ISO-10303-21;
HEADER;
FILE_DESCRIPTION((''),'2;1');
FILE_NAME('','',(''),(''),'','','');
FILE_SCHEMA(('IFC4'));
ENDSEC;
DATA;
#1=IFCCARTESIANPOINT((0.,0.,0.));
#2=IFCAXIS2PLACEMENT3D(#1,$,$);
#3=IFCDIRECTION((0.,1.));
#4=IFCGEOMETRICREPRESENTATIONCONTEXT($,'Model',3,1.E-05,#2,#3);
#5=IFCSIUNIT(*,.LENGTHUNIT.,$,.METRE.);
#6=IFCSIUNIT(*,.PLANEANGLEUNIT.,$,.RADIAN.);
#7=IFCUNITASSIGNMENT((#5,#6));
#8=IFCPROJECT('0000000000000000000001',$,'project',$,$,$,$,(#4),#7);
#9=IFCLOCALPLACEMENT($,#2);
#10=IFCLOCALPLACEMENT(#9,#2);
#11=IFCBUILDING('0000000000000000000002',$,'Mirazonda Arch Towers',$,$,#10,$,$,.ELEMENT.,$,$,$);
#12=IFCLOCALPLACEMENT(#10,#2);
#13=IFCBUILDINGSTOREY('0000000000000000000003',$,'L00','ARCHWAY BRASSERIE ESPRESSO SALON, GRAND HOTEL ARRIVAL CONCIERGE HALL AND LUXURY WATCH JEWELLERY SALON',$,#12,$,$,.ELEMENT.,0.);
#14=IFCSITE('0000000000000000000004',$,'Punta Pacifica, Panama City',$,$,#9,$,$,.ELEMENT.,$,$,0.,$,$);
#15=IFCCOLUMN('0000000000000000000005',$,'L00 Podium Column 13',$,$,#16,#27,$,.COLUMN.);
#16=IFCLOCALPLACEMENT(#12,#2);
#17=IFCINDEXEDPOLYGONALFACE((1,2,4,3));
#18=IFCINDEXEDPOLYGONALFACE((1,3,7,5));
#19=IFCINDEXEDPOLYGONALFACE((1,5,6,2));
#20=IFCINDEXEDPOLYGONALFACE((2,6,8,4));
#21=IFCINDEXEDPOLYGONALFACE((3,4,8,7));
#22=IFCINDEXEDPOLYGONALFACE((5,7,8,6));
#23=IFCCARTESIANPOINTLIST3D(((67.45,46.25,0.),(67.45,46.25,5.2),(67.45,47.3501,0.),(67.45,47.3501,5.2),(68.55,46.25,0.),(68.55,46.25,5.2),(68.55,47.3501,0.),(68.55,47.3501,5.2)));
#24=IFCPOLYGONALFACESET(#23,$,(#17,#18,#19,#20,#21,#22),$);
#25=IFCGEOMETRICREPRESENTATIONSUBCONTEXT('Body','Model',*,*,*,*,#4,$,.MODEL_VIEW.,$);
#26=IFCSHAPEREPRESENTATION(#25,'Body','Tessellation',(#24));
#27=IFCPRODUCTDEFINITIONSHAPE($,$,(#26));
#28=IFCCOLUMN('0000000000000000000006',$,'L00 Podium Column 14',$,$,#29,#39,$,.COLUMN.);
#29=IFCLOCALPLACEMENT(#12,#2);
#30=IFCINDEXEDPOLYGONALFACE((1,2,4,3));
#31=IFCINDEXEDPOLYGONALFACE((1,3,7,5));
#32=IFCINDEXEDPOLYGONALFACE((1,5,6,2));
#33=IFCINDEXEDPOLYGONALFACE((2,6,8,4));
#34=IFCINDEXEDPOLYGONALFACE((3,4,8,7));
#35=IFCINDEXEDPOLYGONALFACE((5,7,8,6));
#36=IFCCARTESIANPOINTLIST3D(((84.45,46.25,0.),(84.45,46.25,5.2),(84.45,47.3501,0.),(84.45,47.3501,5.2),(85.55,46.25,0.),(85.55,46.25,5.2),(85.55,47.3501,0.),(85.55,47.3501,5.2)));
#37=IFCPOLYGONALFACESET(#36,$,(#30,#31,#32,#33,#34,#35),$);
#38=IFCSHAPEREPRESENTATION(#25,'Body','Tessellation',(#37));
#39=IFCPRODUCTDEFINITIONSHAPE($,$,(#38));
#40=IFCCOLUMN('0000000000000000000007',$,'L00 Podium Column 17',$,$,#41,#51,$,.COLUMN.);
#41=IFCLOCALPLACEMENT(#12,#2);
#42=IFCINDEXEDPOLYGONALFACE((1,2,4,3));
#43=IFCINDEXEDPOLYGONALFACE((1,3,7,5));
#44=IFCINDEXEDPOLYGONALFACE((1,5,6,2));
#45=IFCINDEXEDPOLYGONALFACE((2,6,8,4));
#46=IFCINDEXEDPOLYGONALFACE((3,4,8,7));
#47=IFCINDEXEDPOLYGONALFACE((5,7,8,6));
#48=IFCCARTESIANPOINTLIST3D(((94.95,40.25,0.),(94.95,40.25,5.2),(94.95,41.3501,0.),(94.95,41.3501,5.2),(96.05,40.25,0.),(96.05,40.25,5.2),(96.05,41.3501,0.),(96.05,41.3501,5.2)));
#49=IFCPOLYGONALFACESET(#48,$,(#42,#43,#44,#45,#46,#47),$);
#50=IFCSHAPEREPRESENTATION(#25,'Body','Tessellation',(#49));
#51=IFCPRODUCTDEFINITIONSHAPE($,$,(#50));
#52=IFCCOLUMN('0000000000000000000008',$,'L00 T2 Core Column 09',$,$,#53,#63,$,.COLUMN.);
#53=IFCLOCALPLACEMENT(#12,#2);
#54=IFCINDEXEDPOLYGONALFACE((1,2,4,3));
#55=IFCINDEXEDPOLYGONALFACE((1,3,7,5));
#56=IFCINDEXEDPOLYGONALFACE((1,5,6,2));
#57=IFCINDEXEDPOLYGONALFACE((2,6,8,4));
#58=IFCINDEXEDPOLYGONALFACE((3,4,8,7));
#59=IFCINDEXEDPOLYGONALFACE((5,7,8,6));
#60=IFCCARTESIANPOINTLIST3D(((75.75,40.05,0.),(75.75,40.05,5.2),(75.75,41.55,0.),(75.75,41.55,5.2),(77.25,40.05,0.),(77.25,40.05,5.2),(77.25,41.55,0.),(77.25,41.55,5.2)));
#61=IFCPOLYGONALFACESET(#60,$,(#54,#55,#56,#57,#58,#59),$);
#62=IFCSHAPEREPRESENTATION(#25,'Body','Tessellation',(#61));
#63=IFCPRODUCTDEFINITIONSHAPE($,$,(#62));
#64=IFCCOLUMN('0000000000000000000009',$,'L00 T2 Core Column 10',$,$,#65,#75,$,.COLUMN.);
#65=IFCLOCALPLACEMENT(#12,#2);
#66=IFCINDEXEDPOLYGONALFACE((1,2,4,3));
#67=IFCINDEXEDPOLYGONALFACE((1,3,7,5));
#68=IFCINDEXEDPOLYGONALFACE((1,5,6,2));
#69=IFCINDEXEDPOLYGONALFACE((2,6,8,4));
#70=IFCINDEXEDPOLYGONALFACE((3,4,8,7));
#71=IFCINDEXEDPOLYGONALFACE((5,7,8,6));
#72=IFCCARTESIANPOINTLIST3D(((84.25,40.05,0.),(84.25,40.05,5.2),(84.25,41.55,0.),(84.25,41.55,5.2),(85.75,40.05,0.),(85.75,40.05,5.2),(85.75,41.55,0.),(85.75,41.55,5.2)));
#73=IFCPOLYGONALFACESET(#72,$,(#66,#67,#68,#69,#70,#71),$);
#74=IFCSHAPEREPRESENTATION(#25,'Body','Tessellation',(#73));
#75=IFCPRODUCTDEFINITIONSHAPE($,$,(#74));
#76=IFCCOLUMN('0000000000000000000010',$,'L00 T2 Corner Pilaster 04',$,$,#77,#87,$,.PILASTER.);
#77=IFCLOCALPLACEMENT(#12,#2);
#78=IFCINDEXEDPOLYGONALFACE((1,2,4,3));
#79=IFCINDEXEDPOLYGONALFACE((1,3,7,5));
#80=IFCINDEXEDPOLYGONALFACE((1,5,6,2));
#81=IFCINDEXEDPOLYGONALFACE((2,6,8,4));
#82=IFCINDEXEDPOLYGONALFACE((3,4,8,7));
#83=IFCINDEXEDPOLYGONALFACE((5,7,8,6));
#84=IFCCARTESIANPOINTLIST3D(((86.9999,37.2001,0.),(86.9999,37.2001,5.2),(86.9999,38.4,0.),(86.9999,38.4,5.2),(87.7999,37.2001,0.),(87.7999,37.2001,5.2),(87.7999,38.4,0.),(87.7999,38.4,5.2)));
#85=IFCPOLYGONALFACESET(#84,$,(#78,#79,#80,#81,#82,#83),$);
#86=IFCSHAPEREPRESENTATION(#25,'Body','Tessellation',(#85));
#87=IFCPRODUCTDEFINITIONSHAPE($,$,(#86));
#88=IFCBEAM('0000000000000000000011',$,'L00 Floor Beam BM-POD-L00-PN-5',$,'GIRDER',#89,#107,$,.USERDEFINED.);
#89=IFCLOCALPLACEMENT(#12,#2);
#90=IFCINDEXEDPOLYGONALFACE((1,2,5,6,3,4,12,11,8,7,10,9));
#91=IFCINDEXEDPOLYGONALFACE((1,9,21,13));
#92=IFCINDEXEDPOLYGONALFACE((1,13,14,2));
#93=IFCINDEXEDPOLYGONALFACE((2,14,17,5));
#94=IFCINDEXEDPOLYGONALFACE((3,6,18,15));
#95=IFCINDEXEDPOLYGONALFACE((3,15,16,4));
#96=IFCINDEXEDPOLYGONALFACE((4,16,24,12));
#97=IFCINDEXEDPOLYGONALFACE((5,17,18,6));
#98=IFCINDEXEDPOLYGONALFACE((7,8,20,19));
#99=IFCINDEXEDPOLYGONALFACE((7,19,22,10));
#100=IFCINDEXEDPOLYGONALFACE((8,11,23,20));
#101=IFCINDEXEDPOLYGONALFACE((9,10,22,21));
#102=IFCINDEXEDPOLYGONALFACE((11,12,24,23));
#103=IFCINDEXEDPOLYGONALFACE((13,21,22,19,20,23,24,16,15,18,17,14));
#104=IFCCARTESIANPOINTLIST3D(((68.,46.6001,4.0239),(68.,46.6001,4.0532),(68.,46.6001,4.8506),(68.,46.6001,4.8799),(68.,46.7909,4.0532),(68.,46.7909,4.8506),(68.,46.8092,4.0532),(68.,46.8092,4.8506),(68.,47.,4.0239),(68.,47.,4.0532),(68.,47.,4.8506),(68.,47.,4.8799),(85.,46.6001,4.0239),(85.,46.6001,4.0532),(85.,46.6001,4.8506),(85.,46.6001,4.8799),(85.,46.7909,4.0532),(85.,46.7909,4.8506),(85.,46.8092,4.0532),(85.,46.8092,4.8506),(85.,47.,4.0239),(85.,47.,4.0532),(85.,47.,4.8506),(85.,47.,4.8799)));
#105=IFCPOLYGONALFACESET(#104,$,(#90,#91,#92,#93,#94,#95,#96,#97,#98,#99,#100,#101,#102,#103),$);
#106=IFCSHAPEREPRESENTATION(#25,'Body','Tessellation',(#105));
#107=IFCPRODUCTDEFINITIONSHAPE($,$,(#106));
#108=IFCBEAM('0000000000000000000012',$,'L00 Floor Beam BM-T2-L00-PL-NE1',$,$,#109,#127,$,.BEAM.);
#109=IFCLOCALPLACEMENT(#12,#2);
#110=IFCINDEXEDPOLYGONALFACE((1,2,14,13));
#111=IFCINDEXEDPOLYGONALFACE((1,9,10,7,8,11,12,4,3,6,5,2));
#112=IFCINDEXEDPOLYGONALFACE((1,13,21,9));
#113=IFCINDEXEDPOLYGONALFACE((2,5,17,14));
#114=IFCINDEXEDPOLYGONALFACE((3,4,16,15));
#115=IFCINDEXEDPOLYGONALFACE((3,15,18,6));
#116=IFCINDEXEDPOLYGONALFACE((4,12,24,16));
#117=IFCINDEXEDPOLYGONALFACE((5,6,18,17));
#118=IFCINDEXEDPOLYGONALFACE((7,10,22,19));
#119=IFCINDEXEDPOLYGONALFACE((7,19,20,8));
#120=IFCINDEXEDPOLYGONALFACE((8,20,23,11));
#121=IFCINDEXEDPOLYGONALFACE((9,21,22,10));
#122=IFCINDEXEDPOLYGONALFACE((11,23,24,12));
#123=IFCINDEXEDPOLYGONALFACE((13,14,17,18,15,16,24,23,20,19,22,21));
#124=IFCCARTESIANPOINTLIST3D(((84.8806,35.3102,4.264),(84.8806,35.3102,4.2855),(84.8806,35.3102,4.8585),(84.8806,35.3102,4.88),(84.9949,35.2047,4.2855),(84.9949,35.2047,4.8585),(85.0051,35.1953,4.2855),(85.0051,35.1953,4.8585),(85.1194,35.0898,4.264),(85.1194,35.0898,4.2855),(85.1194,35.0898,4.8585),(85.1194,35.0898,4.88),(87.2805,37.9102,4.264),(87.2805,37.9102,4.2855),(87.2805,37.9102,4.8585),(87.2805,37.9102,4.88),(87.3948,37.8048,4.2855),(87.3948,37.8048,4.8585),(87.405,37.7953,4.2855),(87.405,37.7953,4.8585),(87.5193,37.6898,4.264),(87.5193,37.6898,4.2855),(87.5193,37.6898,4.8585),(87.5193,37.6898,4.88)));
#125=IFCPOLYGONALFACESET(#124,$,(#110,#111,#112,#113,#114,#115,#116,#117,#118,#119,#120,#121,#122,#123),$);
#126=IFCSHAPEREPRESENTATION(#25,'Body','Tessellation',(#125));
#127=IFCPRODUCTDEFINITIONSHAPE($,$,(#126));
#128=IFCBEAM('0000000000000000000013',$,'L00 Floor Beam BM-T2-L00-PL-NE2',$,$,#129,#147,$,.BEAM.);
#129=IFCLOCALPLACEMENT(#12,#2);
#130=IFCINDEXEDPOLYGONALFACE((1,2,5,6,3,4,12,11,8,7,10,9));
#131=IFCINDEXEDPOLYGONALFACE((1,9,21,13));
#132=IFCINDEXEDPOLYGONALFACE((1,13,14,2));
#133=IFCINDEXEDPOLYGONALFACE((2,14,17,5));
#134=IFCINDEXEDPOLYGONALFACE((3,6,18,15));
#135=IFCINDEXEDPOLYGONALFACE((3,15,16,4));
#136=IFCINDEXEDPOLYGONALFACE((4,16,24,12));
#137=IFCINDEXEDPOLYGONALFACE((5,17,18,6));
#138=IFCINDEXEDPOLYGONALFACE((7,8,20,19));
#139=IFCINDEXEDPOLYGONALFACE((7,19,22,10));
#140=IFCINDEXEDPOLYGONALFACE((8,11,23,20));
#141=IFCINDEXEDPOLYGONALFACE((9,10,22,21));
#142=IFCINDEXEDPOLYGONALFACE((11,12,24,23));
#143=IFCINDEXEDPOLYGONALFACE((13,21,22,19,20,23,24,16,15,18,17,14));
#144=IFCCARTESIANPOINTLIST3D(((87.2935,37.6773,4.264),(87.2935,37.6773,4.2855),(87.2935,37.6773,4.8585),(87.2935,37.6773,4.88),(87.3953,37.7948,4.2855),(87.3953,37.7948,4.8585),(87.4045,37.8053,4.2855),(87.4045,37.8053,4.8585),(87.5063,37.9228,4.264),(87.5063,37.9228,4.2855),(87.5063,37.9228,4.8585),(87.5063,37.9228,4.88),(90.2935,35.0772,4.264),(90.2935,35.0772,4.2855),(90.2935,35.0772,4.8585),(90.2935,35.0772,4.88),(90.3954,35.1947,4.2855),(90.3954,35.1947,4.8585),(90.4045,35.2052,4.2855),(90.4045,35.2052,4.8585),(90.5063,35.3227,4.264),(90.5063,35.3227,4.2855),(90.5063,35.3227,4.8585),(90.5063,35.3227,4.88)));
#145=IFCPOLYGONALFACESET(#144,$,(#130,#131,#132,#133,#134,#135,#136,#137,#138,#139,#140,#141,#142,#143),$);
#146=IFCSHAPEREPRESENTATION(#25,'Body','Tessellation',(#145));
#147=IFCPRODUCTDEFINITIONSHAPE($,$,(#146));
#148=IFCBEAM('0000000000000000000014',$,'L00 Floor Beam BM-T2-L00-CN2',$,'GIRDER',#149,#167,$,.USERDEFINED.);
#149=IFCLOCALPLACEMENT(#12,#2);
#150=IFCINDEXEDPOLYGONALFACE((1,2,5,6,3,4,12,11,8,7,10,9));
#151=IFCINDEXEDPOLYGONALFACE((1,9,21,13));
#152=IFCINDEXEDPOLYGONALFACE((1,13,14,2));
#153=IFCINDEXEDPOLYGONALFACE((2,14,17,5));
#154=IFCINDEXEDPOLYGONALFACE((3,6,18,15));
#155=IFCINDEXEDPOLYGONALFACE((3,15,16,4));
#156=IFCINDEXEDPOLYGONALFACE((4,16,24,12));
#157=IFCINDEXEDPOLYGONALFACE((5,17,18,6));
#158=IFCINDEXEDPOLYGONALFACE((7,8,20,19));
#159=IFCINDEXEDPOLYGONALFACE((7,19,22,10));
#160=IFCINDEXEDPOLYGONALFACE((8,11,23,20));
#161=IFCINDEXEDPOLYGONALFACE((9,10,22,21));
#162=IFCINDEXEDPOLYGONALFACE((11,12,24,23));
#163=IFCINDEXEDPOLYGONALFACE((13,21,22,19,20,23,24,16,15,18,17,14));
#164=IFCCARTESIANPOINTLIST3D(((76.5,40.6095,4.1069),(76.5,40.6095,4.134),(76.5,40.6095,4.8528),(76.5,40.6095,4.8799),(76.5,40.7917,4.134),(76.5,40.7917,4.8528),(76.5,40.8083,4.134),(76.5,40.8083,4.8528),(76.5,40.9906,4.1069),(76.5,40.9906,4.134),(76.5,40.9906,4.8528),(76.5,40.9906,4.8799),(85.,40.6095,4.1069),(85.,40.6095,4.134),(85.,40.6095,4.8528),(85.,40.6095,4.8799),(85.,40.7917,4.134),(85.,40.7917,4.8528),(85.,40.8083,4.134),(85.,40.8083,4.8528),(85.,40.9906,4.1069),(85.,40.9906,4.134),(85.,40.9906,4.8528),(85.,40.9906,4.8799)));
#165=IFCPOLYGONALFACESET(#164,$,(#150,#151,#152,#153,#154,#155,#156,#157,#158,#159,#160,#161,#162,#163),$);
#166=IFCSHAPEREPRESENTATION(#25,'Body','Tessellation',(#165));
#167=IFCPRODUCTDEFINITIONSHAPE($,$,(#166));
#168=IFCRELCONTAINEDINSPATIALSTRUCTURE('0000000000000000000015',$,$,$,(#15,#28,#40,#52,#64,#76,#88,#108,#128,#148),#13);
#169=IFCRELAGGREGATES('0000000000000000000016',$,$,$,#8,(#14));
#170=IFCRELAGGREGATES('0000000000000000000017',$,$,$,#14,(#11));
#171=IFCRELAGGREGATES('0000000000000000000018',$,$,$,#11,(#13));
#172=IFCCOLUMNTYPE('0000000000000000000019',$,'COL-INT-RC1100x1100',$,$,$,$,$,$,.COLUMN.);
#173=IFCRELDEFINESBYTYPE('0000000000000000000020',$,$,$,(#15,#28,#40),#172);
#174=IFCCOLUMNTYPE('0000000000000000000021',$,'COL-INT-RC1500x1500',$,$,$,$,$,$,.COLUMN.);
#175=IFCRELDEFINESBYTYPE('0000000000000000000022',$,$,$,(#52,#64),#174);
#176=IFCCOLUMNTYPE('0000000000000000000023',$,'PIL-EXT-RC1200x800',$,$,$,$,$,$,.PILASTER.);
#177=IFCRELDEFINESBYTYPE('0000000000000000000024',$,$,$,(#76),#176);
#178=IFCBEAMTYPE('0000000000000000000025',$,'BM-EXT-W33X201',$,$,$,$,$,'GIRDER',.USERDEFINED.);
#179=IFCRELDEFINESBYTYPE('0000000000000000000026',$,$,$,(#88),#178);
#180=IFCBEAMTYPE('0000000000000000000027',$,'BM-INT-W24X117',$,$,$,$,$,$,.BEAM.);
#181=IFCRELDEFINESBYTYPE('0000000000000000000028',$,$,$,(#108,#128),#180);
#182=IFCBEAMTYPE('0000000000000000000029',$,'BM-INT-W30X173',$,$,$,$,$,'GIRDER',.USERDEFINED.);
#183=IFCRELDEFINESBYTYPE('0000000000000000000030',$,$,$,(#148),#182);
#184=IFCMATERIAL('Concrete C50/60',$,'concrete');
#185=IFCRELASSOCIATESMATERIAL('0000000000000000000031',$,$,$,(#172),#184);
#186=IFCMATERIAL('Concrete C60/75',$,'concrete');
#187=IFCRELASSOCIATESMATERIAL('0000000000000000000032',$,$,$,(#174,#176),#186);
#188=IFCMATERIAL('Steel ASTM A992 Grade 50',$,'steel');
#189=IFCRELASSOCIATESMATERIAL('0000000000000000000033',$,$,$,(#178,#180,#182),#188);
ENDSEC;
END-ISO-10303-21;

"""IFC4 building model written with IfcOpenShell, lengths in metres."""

from ifc_helpers import new_model, si_unit, direction, frame, origin, origin_2d, place, context, subcontext, project, spatial, rectangle, i_section, extrude, material, material_profile, profile_set, type_object, element, save


model = new_model("IFC4")

# Units and contexts
model_context = context("Model", 3, precision=1e-05, world=origin(), true_north=direction((0.0, 1.0)))
body_context = subcontext(model_context, "Body", "Model", "MODEL_VIEW")
ifc_project = project(units=[si_unit("LENGTHUNIT", "METRE"), si_unit("PLANEANGLEUNIT", "RADIAN")], contexts=[model_context])

# Site, building, storey
site_placement = place(None, origin())
site = spatial("IfcSite", under=ifc_project, at=site_placement, Name="Punta Pacifica, Panama City", CompositionType="ELEMENT", RefElevation=0.0)
building_placement = place(site_placement, origin())
building = spatial("IfcBuilding", under=site, at=building_placement, Name="Mirazonda Arch Towers", CompositionType="ELEMENT")
storey_placement = place(building_placement, origin())
storey = spatial("IfcBuildingStorey", under=building, at=storey_placement, Name="L00", Description="ARCHWAY BRASSERIE ESPRESSO SALON, GRAND HOTEL ARRIVAL CONCIERGE HALL AND LUXURY WATCH JEWELLERY SALON", CompositionType="ELEMENT", Elevation=0.0)

# Columns
ifc_material_1 = material(Name="Concrete C50/60", Category="concrete")
ifc_material_profile_1 = material_profile(ifc_material_1, rectangle(XDim=1.1001, YDim=1.1001, at=origin_2d()), Name="RC1100x1100")
ifc_profile_set_1 = profile_set([ifc_material_profile_1], Name="Concrete C50/60")
column_type_1 = type_object("IfcColumnType", Name="COL-INT-RC1100x1100", PredefinedType="COLUMN", material=ifc_profile_set_1)
for number, where, z_axis, x_axis, name in (
    (1, (68.0, 46.8, 0.0), (0.0, 0.0, 1.0), (1.0, 0.0, 0.0), "L00 Podium Column 13"),
    (2, (85.0, 46.8, 0.0), (0.0, 0.0, 1.0), (1.0, 0.0, 0.0), "L00 Podium Column 14"),
    (3, (95.5, 40.8, 0.0), (0.0, 0.0, 1.0), (1.0, 0.0, 0.0), "L00 Podium Column 17"),
):
    element("IfcColumn", number, at=place(storey_placement, frame(where, z_axis=z_axis, x_axis=x_axis)), inside=storey, type_object=column_type_1, Name=name, PredefinedType="COLUMN", context=body_context, shape_type="SweptSolid", body=[
        extrude(rectangle(XDim=1.1001, YDim=1.1001, at=origin_2d()), origin(), (0.0, 0.0, 1.0), 5.2),
    ])
ifc_material_2 = material(Name="Concrete C60/75", Category="concrete")
ifc_material_profile_2 = material_profile(ifc_material_2, rectangle(XDim=1.5, YDim=1.5, at=origin_2d()), Name="RC1500x1500")
ifc_profile_set_2 = profile_set([ifc_material_profile_2], Name="Concrete C60/75")
column_type_2 = type_object("IfcColumnType", Name="COL-INT-RC1500x1500", PredefinedType="COLUMN", material=ifc_profile_set_2)
for number, where, z_axis, x_axis, name in (
    (4, (76.5, 40.8, 0.0), (0.0, 0.0, 1.0), (1.0, 0.0, 0.0), "L00 T2 Core Column 09"),
    (5, (85.0, 40.8, 0.0), (0.0, 0.0, 1.0), (1.0, 0.0, 0.0), "L00 T2 Core Column 10"),
):
    element("IfcColumn", number, at=place(storey_placement, frame(where, z_axis=z_axis, x_axis=x_axis)), inside=storey, type_object=column_type_2, Name=name, PredefinedType="COLUMN", context=body_context, shape_type="SweptSolid", body=[
        extrude(rectangle(XDim=1.5, YDim=1.5, at=origin_2d()), origin(), (0.0, 0.0, 1.0), 5.2),
    ])
ifc_material_profile_3 = material_profile(ifc_material_2, rectangle(XDim=0.8, YDim=1.2, at=origin_2d()), Name="RC1200x800")
ifc_profile_set_3 = profile_set([ifc_material_profile_3], Name="Concrete C60/75")
column_type_3 = type_object("IfcColumnType", Name="PIL-EXT-RC1200x800", PredefinedType="PILASTER", material=ifc_profile_set_3)
column_placement = place(storey_placement, frame((87.3999, 37.8, 0.0), z_axis=(0.0, 0.0, 1.0), x_axis=(1.0, 0.0, 0.0)))
element("IfcColumn", 6, at=column_placement, inside=storey, type_object=column_type_3, Name="L00 T2 Corner Pilaster 04", PredefinedType="PILASTER", context=body_context, shape_type="SweptSolid", body=[
    extrude(rectangle(XDim=0.8, YDim=1.2, at=origin_2d()), origin(), (0.0, 0.0, 1.0), 5.2),
])

# Beams
ifc_material_3 = material(Name="Steel ASTM A992 Grade 50", Category="steel")
ifc_material_profile_4 = material_profile(ifc_material_3, i_section(OverallWidth=0.3999, OverallDepth=0.856, WebThickness=0.0183, FlangeThickness=0.0293, at=origin_2d()), Name="W33X201")
ifc_profile_set_4 = profile_set([ifc_material_profile_4], Name="Steel ASTM A992 Grade 50")
beam_type_1 = type_object("IfcBeamType", Name="BM-EXT-W33X201", ElementType="GIRDER", PredefinedType="USERDEFINED", material=ifc_profile_set_4)
beam_1_placement = place(storey_placement, frame((68.0, 46.8, 4.4519), z_axis=(1.0, 0.0, 0.0), x_axis=(0.0, 1.0, 0.0)))
element("IfcBeam", 7, at=beam_1_placement, inside=storey, type_object=beam_type_1, Name="L00 Floor Beam BM-POD-L00-PN-5", ObjectType="GIRDER", PredefinedType="USERDEFINED", context=body_context, shape_type="SweptSolid", body=[
    extrude(i_section(OverallWidth=0.3999, OverallDepth=0.856, WebThickness=0.0183, FlangeThickness=0.0293, at=origin_2d()), origin(), (0.0, 0.0, 1.0), 17.0),
])
ifc_material_profile_5 = material_profile(ifc_material_3, i_section(OverallWidth=0.325, OverallDepth=0.616, WebThickness=0.0139, FlangeThickness=0.0215, at=origin_2d()), Name="W24X117")
ifc_profile_set_5 = profile_set([ifc_material_profile_5], Name="Steel ASTM A992 Grade 50")
beam_type_2 = type_object("IfcBeamType", Name="BM-INT-W24X117", PredefinedType="BEAM", material=ifc_profile_set_5)
beam_2_placement = place(storey_placement, frame((87.3999, 37.8, 4.572), z_axis=(-0.678251, -0.73483, 0.0), x_axis=(0.73483, -0.678251, 0.0)))
element("IfcBeam", 8, at=beam_2_placement, inside=storey, type_object=beam_type_2, Name="L00 Floor Beam BM-T2-L00-PL-NE1", PredefinedType="BEAM", context=body_context, shape_type="SweptSolid", body=[
    extrude(i_section(OverallWidth=0.325, OverallDepth=0.616, WebThickness=0.0139, FlangeThickness=0.0215, at=origin_2d()), origin(), (0.0, 0.0, 1.0), 3.5383),
])
beam_3_placement = place(storey_placement, frame((87.3999, 37.8, 4.572), z_axis=(0.755677, -0.654945, 0.0), x_axis=(0.654945, 0.755677, 0.0)))
element("IfcBeam", 9, at=beam_3_placement, inside=storey, type_object=beam_type_2, Name="L00 Floor Beam BM-T2-L00-PL-NE2", PredefinedType="BEAM", context=body_context, shape_type="SweptSolid", body=[
    extrude(i_section(OverallWidth=0.325, OverallDepth=0.616, WebThickness=0.0139, FlangeThickness=0.0215, at=origin_2d()), origin(), (0.0, 0.0, 1.0), 3.97),
])
ifc_material_profile_6 = material_profile(ifc_material_3, i_section(OverallWidth=0.3811, OverallDepth=0.7729, WebThickness=0.0166, FlangeThickness=0.0271, at=origin_2d()), Name="W30X173")
ifc_profile_set_6 = profile_set([ifc_material_profile_6], Name="Steel ASTM A992 Grade 50")
beam_type_3 = type_object("IfcBeamType", Name="BM-INT-W30X173", ElementType="GIRDER", PredefinedType="USERDEFINED", material=ifc_profile_set_6)
beam_4_placement = place(storey_placement, frame((76.5, 40.8, 4.4934), z_axis=(1.0, 0.0, 0.0), x_axis=(0.0, 1.0, 0.0)))
element("IfcBeam", 10, at=beam_4_placement, inside=storey, type_object=beam_type_3, Name="L00 Floor Beam BM-T2-L00-CN2", ObjectType="GIRDER", PredefinedType="USERDEFINED", context=body_context, shape_type="SweptSolid", body=[
    extrude(i_section(OverallWidth=0.3811, OverallDepth=0.7729, WebThickness=0.0166, FlangeThickness=0.0271, at=origin_2d()), origin(), (0.0, 0.0, 1.0), 8.5),
])

save(model, "model.ifc")
